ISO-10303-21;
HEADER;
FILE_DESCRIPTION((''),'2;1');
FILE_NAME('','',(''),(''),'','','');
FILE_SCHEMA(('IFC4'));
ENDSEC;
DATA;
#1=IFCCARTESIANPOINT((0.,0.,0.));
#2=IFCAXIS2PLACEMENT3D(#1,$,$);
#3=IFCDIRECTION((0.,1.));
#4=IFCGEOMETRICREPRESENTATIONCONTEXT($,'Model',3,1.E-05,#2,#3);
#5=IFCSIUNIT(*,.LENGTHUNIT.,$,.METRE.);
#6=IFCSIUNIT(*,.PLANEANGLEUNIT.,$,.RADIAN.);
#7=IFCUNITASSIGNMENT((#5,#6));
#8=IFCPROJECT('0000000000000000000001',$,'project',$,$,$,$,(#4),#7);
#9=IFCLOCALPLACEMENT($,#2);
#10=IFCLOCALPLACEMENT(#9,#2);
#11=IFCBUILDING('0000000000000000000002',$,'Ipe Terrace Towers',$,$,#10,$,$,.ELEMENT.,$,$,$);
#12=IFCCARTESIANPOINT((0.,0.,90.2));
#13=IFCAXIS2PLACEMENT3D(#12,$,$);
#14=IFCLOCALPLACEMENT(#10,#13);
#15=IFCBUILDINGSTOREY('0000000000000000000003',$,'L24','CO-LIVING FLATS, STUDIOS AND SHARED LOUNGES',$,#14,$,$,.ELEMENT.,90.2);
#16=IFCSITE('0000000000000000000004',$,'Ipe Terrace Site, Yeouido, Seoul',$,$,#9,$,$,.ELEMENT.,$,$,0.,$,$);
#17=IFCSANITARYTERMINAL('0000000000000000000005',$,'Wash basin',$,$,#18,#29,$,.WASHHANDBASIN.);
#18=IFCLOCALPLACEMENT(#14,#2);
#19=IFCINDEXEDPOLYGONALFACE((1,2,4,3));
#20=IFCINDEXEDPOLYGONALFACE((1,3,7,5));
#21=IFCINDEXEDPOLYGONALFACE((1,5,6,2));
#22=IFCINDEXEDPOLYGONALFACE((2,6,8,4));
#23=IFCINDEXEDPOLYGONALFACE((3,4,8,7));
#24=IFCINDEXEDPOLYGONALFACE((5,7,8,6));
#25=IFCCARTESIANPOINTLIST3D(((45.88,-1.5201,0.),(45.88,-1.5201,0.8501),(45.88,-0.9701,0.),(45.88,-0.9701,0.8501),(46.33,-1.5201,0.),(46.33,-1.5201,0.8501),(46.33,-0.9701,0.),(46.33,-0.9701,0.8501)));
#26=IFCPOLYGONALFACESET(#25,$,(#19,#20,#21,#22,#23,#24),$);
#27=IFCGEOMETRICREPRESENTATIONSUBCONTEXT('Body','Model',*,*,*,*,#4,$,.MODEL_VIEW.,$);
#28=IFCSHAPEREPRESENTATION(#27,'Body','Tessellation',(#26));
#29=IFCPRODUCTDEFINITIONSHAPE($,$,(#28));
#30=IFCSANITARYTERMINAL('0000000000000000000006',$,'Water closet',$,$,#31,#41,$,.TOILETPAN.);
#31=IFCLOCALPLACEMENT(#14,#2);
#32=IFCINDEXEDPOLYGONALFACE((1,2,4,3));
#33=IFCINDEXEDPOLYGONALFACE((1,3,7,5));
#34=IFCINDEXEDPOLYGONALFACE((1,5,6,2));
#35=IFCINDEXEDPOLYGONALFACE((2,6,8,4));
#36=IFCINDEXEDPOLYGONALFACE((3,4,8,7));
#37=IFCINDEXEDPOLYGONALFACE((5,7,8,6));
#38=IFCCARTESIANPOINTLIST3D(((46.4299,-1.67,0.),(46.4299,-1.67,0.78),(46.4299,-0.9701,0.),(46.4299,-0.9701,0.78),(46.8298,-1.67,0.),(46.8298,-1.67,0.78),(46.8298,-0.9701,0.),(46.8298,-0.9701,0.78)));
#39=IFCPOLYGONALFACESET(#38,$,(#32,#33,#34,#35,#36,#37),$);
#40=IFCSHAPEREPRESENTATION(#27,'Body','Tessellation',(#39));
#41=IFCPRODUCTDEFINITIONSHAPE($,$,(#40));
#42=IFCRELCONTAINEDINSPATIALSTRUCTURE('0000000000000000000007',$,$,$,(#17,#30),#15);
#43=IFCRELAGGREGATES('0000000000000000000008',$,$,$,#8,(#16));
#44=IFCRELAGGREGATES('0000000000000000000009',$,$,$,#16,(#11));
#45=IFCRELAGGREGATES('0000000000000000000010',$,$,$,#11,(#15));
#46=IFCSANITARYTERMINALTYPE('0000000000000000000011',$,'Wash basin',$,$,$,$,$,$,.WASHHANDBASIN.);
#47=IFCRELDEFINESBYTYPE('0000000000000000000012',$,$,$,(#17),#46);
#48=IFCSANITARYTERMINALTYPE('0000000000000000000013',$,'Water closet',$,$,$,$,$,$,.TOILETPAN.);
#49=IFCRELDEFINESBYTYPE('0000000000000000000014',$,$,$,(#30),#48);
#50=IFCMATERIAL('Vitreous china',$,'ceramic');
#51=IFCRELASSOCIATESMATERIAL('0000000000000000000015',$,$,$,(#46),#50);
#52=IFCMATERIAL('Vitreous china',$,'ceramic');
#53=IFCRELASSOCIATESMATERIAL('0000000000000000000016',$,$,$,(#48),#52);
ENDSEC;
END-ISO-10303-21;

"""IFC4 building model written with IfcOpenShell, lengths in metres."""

from ifc_helpers import new_model, si_unit, direction, frame, origin, origin_2d, place, context, subcontext, project, spatial, rectangle, extrude, material, type_object, element, save


model = new_model("IFC4")

# Units and contexts
model_context = context("Model", 3, precision=1e-05, world=origin(), true_north=direction((0.0, 1.0)))
body_context = subcontext(model_context, "Body", "Model", "MODEL_VIEW")
ifc_project = project(units=[si_unit("LENGTHUNIT", "METRE"), si_unit("PLANEANGLEUNIT", "RADIAN")], contexts=[model_context])

# Site, building, storey
site_placement = place(None, origin())
site = spatial("IfcSite", under=ifc_project, at=site_placement, Name="Ipe Terrace Site, Yeouido, Seoul", CompositionType="ELEMENT", RefElevation=0.0)
building_placement = place(site_placement, origin())
building = spatial("IfcBuilding", under=site, at=building_placement, Name="Ipe Terrace Towers", CompositionType="ELEMENT")
storey_placement = place(building_placement, frame((0.0, 0.0, 90.2)))
storey = spatial("IfcBuildingStorey", under=building, at=storey_placement, Name="L24", Description="CO-LIVING FLATS, STUDIOS AND SHARED LOUNGES", CompositionType="ELEMENT", Elevation=90.2)

# Sanitary terminals
ifc_material_1 = material(Name="Vitreous china", Category="ceramic")
sanitary_terminal_type_1 = type_object("IfcSanitaryTerminalType", Name="Wash basin", PredefinedType="WASHHANDBASIN", material=ifc_material_1)
sanitary_terminal_1_placement = place(storey_placement, frame((46.105, -1.2451, 0.0), z_axis=(0.0, 0.0, 1.0), x_axis=(0.0, -1.0, 0.0)))
element("IfcSanitaryTerminal", 1, at=sanitary_terminal_1_placement, inside=storey, type_object=sanitary_terminal_type_1, Name="Wash basin", PredefinedType="WASHHANDBASIN", context=body_context, shape_type="SweptSolid", body=[
    extrude(rectangle(XDim=0.55, YDim=0.45, at=origin_2d()), origin(), (0.0, 0.0, 1.0), 0.8501),
])
ifc_material_2 = material(Name="Vitreous china", Category="ceramic")
sanitary_terminal_type_2 = type_object("IfcSanitaryTerminalType", Name="Water closet", PredefinedType="TOILETPAN", material=ifc_material_2)
sanitary_terminal_2_placement = place(storey_placement, frame((46.6299, -1.3201, 0.0), z_axis=(0.0, 0.0, 1.0), x_axis=(0.0, -1.0, 0.0)))
element("IfcSanitaryTerminal", 2, at=sanitary_terminal_2_placement, inside=storey, type_object=sanitary_terminal_type_2, Name="Water closet", PredefinedType="TOILETPAN", context=body_context, shape_type="SweptSolid", body=[
    extrude(rectangle(XDim=0.7, YDim=0.3999, at=origin_2d()), origin(), (0.0, 0.0, 1.0), 0.78),
])

save(model, "model.ifc")
